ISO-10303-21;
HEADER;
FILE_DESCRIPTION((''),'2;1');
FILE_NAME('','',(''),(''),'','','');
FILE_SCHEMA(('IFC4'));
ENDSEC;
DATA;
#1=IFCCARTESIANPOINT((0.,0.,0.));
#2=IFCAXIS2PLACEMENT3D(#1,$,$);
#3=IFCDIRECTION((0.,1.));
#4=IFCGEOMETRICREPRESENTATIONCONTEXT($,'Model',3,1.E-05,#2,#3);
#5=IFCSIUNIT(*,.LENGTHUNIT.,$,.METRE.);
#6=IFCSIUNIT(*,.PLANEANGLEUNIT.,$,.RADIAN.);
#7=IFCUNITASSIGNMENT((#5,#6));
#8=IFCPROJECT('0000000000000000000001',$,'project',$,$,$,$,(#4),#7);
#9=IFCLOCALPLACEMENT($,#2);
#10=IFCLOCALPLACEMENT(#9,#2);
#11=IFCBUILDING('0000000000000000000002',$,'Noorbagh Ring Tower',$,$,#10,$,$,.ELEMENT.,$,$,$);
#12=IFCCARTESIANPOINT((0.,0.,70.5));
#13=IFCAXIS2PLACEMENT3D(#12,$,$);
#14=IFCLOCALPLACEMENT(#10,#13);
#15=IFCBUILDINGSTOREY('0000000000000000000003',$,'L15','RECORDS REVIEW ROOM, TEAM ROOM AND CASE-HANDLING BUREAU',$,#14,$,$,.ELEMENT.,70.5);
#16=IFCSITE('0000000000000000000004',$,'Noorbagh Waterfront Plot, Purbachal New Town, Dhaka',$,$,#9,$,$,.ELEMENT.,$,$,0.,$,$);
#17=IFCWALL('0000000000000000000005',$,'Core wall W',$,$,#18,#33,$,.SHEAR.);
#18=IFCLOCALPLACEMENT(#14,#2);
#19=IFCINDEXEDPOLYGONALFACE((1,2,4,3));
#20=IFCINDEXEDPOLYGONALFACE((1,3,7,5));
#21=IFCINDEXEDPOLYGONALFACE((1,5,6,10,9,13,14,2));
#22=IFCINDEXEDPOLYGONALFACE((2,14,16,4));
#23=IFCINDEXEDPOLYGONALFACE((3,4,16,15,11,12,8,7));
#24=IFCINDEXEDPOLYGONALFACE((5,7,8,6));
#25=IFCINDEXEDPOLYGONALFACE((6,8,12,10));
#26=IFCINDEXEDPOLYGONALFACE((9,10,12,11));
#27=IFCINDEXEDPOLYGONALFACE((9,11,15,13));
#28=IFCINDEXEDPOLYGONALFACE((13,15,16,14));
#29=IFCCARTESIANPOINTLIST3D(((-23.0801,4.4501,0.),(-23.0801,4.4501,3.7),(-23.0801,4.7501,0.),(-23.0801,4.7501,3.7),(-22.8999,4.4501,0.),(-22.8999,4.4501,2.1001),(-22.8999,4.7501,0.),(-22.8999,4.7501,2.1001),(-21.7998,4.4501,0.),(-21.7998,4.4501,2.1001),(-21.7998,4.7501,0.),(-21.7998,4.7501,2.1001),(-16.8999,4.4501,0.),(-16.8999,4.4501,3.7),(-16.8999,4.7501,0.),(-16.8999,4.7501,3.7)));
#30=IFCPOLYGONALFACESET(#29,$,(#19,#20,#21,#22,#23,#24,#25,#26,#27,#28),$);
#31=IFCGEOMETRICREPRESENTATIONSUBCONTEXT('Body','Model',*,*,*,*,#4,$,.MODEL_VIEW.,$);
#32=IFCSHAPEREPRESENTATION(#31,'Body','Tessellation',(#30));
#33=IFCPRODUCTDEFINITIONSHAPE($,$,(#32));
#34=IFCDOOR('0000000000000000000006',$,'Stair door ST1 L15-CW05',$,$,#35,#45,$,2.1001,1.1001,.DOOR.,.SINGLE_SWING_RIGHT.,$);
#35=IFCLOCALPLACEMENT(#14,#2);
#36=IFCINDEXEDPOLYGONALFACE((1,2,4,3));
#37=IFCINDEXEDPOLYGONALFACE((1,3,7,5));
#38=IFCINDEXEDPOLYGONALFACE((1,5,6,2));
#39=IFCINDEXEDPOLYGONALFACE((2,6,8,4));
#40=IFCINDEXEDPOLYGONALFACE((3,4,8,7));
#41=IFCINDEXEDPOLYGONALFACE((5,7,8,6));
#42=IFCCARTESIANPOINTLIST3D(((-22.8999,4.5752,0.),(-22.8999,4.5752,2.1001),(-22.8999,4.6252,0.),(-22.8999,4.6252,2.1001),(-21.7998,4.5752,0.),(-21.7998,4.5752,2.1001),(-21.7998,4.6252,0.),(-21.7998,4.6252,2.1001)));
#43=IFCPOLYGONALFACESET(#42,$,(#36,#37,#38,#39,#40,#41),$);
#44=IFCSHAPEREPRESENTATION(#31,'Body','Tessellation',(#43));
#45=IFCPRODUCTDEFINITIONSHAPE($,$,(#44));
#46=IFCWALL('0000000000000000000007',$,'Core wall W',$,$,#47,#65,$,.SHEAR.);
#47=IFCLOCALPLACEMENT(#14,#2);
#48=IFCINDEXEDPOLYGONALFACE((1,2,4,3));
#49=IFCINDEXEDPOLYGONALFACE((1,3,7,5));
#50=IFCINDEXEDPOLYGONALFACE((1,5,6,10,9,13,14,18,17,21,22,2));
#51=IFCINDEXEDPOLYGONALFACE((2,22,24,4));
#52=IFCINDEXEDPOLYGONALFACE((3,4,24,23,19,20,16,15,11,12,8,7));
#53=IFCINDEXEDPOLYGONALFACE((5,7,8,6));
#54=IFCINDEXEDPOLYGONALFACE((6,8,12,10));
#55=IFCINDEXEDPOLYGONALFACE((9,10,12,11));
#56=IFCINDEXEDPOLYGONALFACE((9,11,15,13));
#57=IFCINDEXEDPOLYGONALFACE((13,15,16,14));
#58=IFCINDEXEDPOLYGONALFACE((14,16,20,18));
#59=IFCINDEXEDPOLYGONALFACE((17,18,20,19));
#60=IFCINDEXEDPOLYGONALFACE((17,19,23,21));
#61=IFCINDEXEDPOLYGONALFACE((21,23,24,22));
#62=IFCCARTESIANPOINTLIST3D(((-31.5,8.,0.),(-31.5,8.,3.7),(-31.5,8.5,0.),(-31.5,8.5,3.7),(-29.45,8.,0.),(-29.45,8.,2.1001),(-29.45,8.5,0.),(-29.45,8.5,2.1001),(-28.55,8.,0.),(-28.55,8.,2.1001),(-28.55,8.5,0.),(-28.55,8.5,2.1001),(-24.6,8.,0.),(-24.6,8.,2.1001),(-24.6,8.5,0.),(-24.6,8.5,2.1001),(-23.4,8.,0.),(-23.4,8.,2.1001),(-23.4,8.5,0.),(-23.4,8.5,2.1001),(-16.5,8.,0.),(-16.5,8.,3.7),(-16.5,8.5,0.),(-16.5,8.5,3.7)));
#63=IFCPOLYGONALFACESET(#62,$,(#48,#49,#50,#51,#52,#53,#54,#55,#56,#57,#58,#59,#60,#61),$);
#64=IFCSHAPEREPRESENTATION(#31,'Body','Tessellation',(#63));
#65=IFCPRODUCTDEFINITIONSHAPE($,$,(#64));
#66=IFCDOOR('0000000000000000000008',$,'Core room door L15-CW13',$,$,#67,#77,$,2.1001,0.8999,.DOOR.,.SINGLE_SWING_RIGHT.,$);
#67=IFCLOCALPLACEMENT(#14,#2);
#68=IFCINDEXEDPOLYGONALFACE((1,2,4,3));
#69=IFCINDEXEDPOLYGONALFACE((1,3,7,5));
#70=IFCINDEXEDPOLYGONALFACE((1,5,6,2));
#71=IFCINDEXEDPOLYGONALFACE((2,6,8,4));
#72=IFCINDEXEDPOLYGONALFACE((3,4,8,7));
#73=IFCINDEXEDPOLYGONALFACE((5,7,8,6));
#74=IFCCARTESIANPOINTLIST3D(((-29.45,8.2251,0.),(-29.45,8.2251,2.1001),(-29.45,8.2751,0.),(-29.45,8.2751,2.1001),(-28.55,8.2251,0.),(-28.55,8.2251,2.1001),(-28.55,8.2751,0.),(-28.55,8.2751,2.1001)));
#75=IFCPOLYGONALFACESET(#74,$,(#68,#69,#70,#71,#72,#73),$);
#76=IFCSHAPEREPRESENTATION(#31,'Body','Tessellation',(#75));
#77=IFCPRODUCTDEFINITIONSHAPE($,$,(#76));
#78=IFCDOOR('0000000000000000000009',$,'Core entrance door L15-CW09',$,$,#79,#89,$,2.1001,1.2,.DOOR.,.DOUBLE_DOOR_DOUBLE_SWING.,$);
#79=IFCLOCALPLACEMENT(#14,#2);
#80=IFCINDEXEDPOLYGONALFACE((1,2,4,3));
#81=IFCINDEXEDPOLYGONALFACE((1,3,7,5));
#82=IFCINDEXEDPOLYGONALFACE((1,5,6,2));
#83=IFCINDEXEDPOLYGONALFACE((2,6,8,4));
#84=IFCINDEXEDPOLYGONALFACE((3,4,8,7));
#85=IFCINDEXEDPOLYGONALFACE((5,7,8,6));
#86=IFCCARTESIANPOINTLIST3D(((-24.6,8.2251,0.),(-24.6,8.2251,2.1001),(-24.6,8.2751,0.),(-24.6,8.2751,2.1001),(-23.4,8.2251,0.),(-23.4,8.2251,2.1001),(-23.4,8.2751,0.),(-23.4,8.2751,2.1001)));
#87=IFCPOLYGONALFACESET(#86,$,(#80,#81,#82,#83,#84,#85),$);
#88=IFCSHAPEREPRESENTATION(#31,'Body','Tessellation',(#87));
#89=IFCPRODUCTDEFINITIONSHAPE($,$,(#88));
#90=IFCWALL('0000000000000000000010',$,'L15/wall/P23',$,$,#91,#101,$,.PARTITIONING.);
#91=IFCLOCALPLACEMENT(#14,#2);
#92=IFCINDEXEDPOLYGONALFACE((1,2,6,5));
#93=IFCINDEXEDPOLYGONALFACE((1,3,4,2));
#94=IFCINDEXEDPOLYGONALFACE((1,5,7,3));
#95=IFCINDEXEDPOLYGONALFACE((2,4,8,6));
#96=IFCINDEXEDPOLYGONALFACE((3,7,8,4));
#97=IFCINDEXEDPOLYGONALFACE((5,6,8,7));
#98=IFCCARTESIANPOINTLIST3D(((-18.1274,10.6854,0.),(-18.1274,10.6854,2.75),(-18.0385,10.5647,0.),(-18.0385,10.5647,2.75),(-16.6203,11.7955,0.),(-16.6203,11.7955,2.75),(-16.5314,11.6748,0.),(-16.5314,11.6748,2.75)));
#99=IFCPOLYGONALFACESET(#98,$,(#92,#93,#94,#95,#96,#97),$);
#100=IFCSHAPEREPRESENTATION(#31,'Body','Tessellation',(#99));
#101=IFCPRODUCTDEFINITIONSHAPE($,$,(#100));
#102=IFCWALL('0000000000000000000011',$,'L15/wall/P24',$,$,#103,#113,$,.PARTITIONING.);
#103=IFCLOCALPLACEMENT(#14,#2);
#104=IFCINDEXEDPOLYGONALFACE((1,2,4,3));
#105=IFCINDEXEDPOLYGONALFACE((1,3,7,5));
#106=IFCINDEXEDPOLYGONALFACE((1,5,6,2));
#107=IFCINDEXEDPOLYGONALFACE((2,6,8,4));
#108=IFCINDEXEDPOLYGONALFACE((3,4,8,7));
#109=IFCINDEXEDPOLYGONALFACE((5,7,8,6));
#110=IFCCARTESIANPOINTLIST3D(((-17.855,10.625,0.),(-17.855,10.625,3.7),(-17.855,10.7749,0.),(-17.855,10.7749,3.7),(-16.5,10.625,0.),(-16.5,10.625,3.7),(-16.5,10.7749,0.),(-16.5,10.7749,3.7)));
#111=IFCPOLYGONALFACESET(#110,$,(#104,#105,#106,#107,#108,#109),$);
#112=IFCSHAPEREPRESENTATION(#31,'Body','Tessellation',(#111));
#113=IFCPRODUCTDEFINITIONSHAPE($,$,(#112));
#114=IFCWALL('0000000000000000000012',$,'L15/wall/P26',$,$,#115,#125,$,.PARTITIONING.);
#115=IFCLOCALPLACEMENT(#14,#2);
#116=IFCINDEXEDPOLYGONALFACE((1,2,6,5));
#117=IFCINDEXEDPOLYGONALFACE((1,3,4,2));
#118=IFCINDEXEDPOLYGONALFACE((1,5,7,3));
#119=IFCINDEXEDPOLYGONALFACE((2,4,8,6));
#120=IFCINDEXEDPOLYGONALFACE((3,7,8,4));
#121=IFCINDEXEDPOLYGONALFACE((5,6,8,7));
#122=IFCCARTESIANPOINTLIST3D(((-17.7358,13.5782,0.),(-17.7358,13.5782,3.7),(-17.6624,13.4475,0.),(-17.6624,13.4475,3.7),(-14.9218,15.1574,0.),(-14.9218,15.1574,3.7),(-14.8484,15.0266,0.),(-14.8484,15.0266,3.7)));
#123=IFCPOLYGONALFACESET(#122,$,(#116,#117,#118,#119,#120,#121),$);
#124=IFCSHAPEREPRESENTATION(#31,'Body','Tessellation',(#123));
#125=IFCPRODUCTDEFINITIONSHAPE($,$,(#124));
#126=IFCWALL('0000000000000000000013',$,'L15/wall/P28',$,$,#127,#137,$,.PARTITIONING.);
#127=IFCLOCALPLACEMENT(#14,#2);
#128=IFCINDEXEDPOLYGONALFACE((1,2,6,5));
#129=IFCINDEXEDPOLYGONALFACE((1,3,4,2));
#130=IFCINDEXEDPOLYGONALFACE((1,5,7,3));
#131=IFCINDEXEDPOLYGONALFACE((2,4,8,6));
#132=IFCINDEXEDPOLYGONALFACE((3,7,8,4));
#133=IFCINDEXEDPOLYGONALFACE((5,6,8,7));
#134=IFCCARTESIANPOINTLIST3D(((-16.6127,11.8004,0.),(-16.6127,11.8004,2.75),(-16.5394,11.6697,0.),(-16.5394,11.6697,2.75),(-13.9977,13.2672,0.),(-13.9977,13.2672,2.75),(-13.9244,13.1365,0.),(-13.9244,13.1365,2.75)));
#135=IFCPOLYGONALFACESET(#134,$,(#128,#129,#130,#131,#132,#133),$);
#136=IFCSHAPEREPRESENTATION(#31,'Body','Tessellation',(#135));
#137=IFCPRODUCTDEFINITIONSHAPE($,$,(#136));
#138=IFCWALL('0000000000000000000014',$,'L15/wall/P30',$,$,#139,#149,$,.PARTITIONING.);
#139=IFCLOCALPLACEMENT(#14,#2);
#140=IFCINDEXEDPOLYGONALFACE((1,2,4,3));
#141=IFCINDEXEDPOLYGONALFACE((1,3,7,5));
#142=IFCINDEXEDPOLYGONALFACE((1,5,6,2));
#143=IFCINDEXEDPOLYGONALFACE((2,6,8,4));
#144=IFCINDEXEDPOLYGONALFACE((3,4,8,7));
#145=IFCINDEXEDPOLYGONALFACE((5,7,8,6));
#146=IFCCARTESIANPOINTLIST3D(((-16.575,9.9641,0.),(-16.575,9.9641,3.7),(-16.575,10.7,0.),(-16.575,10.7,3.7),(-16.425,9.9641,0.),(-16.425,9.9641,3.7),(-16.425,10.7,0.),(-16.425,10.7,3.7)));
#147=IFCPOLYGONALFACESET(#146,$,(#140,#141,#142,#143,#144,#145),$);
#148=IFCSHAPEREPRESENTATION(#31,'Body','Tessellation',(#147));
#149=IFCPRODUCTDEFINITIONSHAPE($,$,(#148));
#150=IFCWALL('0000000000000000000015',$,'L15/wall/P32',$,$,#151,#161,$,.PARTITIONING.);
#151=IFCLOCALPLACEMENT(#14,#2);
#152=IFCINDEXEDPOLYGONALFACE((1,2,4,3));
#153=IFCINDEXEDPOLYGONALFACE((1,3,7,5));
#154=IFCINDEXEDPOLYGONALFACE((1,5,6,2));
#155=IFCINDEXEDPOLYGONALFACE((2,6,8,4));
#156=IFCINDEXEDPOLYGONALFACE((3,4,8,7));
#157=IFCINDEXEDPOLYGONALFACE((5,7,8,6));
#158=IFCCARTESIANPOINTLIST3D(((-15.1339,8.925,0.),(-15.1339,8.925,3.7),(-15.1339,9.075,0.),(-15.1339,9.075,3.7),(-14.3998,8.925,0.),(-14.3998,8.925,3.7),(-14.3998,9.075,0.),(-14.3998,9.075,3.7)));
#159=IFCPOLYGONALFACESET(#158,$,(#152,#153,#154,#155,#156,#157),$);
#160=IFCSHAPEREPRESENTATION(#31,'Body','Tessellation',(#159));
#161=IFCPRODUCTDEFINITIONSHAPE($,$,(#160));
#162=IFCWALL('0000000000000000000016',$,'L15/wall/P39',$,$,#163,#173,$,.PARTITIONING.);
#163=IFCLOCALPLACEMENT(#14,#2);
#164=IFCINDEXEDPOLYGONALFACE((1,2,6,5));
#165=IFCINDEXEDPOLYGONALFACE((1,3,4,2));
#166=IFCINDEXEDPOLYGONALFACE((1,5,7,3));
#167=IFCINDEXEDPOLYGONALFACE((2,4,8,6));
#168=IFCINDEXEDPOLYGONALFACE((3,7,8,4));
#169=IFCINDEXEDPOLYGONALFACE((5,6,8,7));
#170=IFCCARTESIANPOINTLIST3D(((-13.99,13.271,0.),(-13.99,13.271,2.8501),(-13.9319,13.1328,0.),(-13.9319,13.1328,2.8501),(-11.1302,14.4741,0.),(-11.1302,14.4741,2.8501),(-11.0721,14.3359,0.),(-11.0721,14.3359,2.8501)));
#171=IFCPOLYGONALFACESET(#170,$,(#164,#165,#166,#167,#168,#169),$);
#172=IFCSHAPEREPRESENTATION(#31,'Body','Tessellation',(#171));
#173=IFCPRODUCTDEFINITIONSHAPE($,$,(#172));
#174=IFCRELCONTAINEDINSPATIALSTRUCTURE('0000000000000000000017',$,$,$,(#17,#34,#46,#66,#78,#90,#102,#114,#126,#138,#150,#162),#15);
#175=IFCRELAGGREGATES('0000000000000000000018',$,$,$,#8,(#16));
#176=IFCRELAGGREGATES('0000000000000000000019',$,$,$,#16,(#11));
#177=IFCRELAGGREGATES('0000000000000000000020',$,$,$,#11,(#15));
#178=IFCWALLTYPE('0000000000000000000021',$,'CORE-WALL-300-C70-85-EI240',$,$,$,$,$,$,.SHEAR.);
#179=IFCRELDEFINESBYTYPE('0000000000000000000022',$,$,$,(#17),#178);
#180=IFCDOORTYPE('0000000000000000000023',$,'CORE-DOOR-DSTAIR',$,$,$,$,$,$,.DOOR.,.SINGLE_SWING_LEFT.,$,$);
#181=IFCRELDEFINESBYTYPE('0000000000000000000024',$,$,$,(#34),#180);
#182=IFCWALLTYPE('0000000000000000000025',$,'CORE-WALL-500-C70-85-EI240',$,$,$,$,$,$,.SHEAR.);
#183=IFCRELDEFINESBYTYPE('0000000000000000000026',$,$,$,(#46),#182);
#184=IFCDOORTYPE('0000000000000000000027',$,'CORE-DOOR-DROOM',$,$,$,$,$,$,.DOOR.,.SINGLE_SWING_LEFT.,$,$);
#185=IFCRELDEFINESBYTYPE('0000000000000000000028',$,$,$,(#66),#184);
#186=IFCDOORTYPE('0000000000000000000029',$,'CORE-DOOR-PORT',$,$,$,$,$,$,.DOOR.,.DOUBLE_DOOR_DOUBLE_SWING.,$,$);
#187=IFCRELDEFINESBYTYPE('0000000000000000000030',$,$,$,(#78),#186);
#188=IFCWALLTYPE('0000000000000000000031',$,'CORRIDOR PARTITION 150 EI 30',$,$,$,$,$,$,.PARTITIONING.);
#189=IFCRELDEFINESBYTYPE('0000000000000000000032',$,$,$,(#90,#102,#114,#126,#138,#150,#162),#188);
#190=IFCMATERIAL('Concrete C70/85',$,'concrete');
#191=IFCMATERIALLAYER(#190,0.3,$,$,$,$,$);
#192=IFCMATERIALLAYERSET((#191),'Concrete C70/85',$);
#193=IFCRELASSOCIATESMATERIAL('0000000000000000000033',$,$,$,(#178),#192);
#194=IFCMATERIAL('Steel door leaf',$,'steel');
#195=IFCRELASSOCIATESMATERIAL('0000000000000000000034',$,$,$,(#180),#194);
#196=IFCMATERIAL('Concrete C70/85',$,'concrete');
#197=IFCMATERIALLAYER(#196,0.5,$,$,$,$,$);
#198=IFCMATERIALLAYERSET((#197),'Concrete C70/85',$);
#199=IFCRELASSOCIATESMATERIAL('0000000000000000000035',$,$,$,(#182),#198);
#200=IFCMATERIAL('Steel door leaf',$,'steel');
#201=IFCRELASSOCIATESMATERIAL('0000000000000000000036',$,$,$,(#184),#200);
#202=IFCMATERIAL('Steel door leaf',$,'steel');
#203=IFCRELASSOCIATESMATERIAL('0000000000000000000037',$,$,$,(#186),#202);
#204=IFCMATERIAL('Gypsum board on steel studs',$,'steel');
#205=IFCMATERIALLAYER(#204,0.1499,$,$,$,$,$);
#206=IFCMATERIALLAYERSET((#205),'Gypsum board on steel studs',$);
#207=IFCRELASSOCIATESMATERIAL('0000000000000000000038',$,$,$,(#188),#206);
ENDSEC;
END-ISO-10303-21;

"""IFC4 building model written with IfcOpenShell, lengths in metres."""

from ifc_helpers import new_model, si_unit, direction, frame, frame_2d, origin, place, context, subcontext, project, spatial, rectangle, extrude, material, layer, layer_set, type_object, element, fill, save


model = new_model("IFC4")

# Units and contexts
model_context = context("Model", 3, precision=1e-05, world=origin(), true_north=direction((0.0, 1.0)))
body_context = subcontext(model_context, "Body", "Model", "MODEL_VIEW")
ifc_project = project(units=[si_unit("LENGTHUNIT", "METRE"), si_unit("PLANEANGLEUNIT", "RADIAN")], contexts=[model_context])

# Site, building, storey
site_placement = place(None, origin())
site = spatial("IfcSite", under=ifc_project, at=site_placement, Name="Noorbagh Waterfront Plot, Purbachal New Town, Dhaka", CompositionType="ELEMENT", RefElevation=0.0)
building_placement = place(site_placement, origin())
building = spatial("IfcBuilding", under=site, at=building_placement, Name="Noorbagh Ring Tower", CompositionType="ELEMENT")
storey_placement = place(building_placement, frame((0.0, 0.0, 70.5)))
storey = spatial("IfcBuildingStorey", under=building, at=storey_placement, Name="L15", Description="RECORDS REVIEW ROOM, TEAM ROOM AND CASE-HANDLING BUREAU", CompositionType="ELEMENT", Elevation=70.5)

# Wall, opening, door
ifc_material_1 = material(Name="Concrete C70/85", Category="concrete")
ifc_layer_1 = layer(ifc_material_1, 0.3)
ifc_layer_set_1 = layer_set([ifc_layer_1], Name="Concrete C70/85")
wall_type_1 = type_object("IfcWallType", Name="CORE-WALL-300-C70-85-EI240", PredefinedType="SHEAR", material=ifc_layer_set_1)
wall_1_placement = place(storey_placement, frame((-16.8999, 4.6001, 0.0), z_axis=(0.0, 0.0, 1.0), x_axis=(-1.0, 0.0, 0.0)))
wall_1 = element("IfcWall", 1, at=wall_1_placement, inside=storey, type_object=wall_type_1, Name="Core wall W", PredefinedType="SHEAR", context=body_context, shape_type="SweptSolid", body=[
    extrude(rectangle(XDim=6.1802, YDim=0.3, at=frame_2d((3.0901, 0.0))), origin(), (0.0, 0.0, 1.0), 3.7),
])
opening_1_placement = place(wall_1_placement, frame((4.8999, 0.0, 0.0)))
opening_1 = element("IfcOpeningElement", 2, at=opening_1_placement, cuts=wall_1, PredefinedType="OPENING", context=body_context, shape_type="SweptSolid", body=[
    extrude(rectangle(XDim=1.1001, YDim=2.1001, at=frame_2d((0.55, 1.05))), frame((0.0, 0.1602, 0.0), z_axis=(0.0, -1.0, 0.0), x_axis=(1.0, 0.0, 0.0)), (0.0, 0.0, 1.0), 0.3201),
])
ifc_material_2 = material(Name="Steel door leaf", Category="steel")
door_type_1 = type_object("IfcDoorType", Name="CORE-DOOR-DSTAIR", OperationType="SINGLE_SWING_LEFT", PredefinedType="DOOR", material=ifc_material_2)
door_1_placement = place(opening_1_placement, origin())
door_1 = element("IfcDoor", 3, at=door_1_placement, inside=storey, type_object=door_type_1, Name="Stair door ST1 L15-CW05", OperationType="SINGLE_SWING_RIGHT", OverallHeight=2.1001, OverallWidth=1.1001, PredefinedType="DOOR", context=body_context, shape_type="SweptSolid", body=[
    extrude(rectangle(XDim=1.1001, YDim=2.1001, at=frame_2d((0.55, 1.05))), frame((0.0, 0.0249, 0.0), z_axis=(0.0, -1.0, 0.0), x_axis=(1.0, 0.0, 0.0)), (0.0, 0.0, 1.0), 0.05),
])
fill(opening_1, door_1)

# Wall, openings, doors
ifc_material_3 = material(Name="Concrete C70/85", Category="concrete")
ifc_layer_2 = layer(ifc_material_3, 0.5)
ifc_layer_set_2 = layer_set([ifc_layer_2], Name="Concrete C70/85")
wall_type_2 = type_object("IfcWallType", Name="CORE-WALL-500-C70-85-EI240", PredefinedType="SHEAR", material=ifc_layer_set_2)
wall_2_placement = place(storey_placement, frame((-16.5, 8.25, 0.0), z_axis=(0.0, 0.0, 1.0), x_axis=(-1.0, 0.0, 0.0)))
wall_2 = element("IfcWall", 4, at=wall_2_placement, inside=storey, type_object=wall_type_2, Name="Core wall W", PredefinedType="SHEAR", context=body_context, shape_type="SweptSolid", body=[
    extrude(rectangle(XDim=15.0, YDim=0.5, at=frame_2d((7.5, 0.0))), origin(), (0.0, 0.0, 1.0), 3.7),
])
opening_2_placement = place(wall_2_placement, frame((6.8999, 0.0, 0.0)))
opening_2 = element("IfcOpeningElement", 5, at=opening_2_placement, cuts=wall_2, PredefinedType="OPENING", context=body_context, shape_type="SweptSolid", body=[
    extrude(rectangle(XDim=1.2, YDim=2.1001, at=frame_2d((0.6001, 1.05))), frame((0.0, 0.26, 0.0), z_axis=(0.0, -1.0, 0.0), x_axis=(1.0, 0.0, 0.0)), (0.0, 0.0, 1.0), 0.52),
])
opening_3_placement = place(wall_2_placement, frame((12.05, 0.0, 0.0)))
opening_3 = element("IfcOpeningElement", 6, at=opening_3_placement, cuts=wall_2, PredefinedType="OPENING", context=body_context, shape_type="SweptSolid", body=[
    extrude(rectangle(XDim=0.8999, YDim=2.1001, at=frame_2d((0.45, 1.05))), frame((0.0, 0.26, 0.0), z_axis=(0.0, -1.0, 0.0), x_axis=(1.0, 0.0, 0.0)), (0.0, 0.0, 1.0), 0.52),
])
ifc_material_4 = material(Name="Steel door leaf", Category="steel")
door_type_2 = type_object("IfcDoorType", Name="CORE-DOOR-DROOM", OperationType="SINGLE_SWING_LEFT", PredefinedType="DOOR", material=ifc_material_4)
door_2_placement = place(opening_3_placement, origin())
door_2 = element("IfcDoor", 7, at=door_2_placement, inside=storey, type_object=door_type_2, Name="Core room door L15-CW13", OperationType="SINGLE_SWING_RIGHT", OverallHeight=2.1001, OverallWidth=0.8999, PredefinedType="DOOR", context=body_context, shape_type="SweptSolid", body=[
    extrude(rectangle(XDim=0.8999, YDim=2.1001, at=frame_2d((0.45, 1.05))), frame((0.0, 0.0249, 0.0), z_axis=(0.0, -1.0, 0.0), x_axis=(1.0, 0.0, 0.0)), (0.0, 0.0, 1.0), 0.05),
])
fill(opening_3, door_2)
ifc_material_5 = material(Name="Steel door leaf", Category="steel")
door_type_3 = type_object("IfcDoorType", Name="CORE-DOOR-PORT", OperationType="DOUBLE_DOOR_DOUBLE_SWING", PredefinedType="DOOR", material=ifc_material_5)
door_3_placement = place(opening_2_placement, origin())
door_3 = element("IfcDoor", 8, at=door_3_placement, inside=storey, type_object=door_type_3, Name="Core entrance door L15-CW09", OperationType="DOUBLE_DOOR_DOUBLE_SWING", OverallHeight=2.1001, OverallWidth=1.2, PredefinedType="DOOR", context=body_context, shape_type="SweptSolid", body=[
    extrude(rectangle(XDim=1.2, YDim=2.1001, at=frame_2d((0.6001, 1.05))), frame((0.0, 0.0249, 0.0), z_axis=(0.0, -1.0, 0.0), x_axis=(1.0, 0.0, 0.0)), (0.0, 0.0, 1.0), 0.05),
])
fill(opening_2, door_3)

# Walls
ifc_material_6 = material(Name="Gypsum board on steel studs", Category="steel")
ifc_layer_3 = layer(ifc_material_6, 0.1499)
ifc_layer_set_3 = layer_set([ifc_layer_3], Name="Gypsum board on steel studs")
wall_type_3 = type_object("IfcWallType", Name="CORRIDOR PARTITION 150 EI 30", PredefinedType="PARTITIONING", material=ifc_layer_set_3)
wall_3_placement = place(storey_placement, frame((-18.083, 10.625, 0.0), z_axis=(0.0, 0.0, 1.0), x_axis=(0.805151, 0.59307, 0.0)))
element("IfcWall", 9, at=wall_3_placement, inside=storey, type_object=wall_type_3, Name="L15/wall/P23", PredefinedType="PARTITIONING", context=body_context, shape_type="SweptSolid", body=[
    extrude(rectangle(XDim=1.8718, YDim=0.1499, at=frame_2d((0.936, 0.0))), origin(), (0.0, 0.0, 1.0), 2.75),
])
wall_4_placement = place(storey_placement, frame((-17.855, 10.7, 0.0), z_axis=(0.0, 0.0, 1.0), x_axis=(1.0, 0.0, 0.0)))
element("IfcWall", 10, at=wall_4_placement, inside=storey, type_object=wall_type_3, Name="L15/wall/P24", PredefinedType="PARTITIONING", context=body_context, shape_type="SweptSolid", body=[
    extrude(rectangle(XDim=1.355, YDim=0.1499, at=frame_2d((0.6775, 0.0))), origin(), (0.0, 0.0, 1.0), 3.7),
])
wall_5_placement = place(storey_placement, frame((-17.699, 13.5129, 0.0), z_axis=(0.0, 0.0, 1.0), x_axis=(0.872072, 0.489377, 0.0)))
element("IfcWall", 11, at=wall_5_placement, inside=storey, type_object=wall_type_3, Name="L15/wall/P26", PredefinedType="PARTITIONING", context=body_context, shape_type="SweptSolid", body=[
    extrude(rectangle(XDim=3.2268, YDim=0.1499, at=frame_2d((1.6133, 0.0))), origin(), (0.0, 0.0, 1.0), 3.7),
])
wall_6_placement = place(storey_placement, frame((-16.5759, 11.7351, 0.0), z_axis=(0.0, 0.0, 1.0), x_axis=(0.872164, 0.489213, 0.0)))
element("IfcWall", 12, at=wall_6_placement, inside=storey, type_object=wall_type_3, Name="L15/wall/P28", PredefinedType="PARTITIONING", context=body_context, shape_type="SweptSolid", body=[
    extrude(rectangle(XDim=2.9983, YDim=0.1499, at=frame_2d((1.499, 0.0))), origin(), (0.0, 0.0, 1.0), 2.75),
])
wall_7_placement = place(storey_placement, frame((-16.5, 9.9641, 0.0), z_axis=(0.0, 0.0, 1.0), x_axis=(0.0, 1.0, 0.0)))
element("IfcWall", 13, at=wall_7_placement, inside=storey, type_object=wall_type_3, Name="L15/wall/P30", PredefinedType="PARTITIONING", context=body_context, shape_type="SweptSolid", body=[
    extrude(rectangle(XDim=0.7358, YDim=0.1499, at=frame_2d((0.3679, 0.0))), origin(), (0.0, 0.0, 1.0), 3.7),
])
wall_8_placement = place(storey_placement, frame((-15.134, 9.0, 0.0), z_axis=(0.0, 0.0, 1.0), x_axis=(1.0, 0.0, 0.0)))
element("IfcWall", 14, at=wall_8_placement, inside=storey, type_object=wall_type_3, Name="L15/wall/P32", PredefinedType="PARTITIONING", context=body_context, shape_type="SweptSolid", body=[
    extrude(rectangle(XDim=0.7341, YDim=0.1499, at=frame_2d((0.3672, 0.0))), origin(), (0.0, 0.0, 1.0), 3.7),
])
wall_9_placement = place(storey_placement, frame((-13.9609, 13.2019, 0.0), z_axis=(0.0, 0.0, 1.0), x_axis=(0.921754, 0.387776, 0.0)))
element("IfcWall", 15, at=wall_9_placement, inside=storey, type_object=wall_type_3, Name="L15/wall/P39", PredefinedType="PARTITIONING", context=body_context, shape_type="SweptSolid", body=[
    extrude(rectangle(XDim=3.1025, YDim=0.1499, at=frame_2d((1.5513, 0.0))), origin(), (0.0, 0.0, 1.0), 2.8501),
])

save(model, "model.ifc")
